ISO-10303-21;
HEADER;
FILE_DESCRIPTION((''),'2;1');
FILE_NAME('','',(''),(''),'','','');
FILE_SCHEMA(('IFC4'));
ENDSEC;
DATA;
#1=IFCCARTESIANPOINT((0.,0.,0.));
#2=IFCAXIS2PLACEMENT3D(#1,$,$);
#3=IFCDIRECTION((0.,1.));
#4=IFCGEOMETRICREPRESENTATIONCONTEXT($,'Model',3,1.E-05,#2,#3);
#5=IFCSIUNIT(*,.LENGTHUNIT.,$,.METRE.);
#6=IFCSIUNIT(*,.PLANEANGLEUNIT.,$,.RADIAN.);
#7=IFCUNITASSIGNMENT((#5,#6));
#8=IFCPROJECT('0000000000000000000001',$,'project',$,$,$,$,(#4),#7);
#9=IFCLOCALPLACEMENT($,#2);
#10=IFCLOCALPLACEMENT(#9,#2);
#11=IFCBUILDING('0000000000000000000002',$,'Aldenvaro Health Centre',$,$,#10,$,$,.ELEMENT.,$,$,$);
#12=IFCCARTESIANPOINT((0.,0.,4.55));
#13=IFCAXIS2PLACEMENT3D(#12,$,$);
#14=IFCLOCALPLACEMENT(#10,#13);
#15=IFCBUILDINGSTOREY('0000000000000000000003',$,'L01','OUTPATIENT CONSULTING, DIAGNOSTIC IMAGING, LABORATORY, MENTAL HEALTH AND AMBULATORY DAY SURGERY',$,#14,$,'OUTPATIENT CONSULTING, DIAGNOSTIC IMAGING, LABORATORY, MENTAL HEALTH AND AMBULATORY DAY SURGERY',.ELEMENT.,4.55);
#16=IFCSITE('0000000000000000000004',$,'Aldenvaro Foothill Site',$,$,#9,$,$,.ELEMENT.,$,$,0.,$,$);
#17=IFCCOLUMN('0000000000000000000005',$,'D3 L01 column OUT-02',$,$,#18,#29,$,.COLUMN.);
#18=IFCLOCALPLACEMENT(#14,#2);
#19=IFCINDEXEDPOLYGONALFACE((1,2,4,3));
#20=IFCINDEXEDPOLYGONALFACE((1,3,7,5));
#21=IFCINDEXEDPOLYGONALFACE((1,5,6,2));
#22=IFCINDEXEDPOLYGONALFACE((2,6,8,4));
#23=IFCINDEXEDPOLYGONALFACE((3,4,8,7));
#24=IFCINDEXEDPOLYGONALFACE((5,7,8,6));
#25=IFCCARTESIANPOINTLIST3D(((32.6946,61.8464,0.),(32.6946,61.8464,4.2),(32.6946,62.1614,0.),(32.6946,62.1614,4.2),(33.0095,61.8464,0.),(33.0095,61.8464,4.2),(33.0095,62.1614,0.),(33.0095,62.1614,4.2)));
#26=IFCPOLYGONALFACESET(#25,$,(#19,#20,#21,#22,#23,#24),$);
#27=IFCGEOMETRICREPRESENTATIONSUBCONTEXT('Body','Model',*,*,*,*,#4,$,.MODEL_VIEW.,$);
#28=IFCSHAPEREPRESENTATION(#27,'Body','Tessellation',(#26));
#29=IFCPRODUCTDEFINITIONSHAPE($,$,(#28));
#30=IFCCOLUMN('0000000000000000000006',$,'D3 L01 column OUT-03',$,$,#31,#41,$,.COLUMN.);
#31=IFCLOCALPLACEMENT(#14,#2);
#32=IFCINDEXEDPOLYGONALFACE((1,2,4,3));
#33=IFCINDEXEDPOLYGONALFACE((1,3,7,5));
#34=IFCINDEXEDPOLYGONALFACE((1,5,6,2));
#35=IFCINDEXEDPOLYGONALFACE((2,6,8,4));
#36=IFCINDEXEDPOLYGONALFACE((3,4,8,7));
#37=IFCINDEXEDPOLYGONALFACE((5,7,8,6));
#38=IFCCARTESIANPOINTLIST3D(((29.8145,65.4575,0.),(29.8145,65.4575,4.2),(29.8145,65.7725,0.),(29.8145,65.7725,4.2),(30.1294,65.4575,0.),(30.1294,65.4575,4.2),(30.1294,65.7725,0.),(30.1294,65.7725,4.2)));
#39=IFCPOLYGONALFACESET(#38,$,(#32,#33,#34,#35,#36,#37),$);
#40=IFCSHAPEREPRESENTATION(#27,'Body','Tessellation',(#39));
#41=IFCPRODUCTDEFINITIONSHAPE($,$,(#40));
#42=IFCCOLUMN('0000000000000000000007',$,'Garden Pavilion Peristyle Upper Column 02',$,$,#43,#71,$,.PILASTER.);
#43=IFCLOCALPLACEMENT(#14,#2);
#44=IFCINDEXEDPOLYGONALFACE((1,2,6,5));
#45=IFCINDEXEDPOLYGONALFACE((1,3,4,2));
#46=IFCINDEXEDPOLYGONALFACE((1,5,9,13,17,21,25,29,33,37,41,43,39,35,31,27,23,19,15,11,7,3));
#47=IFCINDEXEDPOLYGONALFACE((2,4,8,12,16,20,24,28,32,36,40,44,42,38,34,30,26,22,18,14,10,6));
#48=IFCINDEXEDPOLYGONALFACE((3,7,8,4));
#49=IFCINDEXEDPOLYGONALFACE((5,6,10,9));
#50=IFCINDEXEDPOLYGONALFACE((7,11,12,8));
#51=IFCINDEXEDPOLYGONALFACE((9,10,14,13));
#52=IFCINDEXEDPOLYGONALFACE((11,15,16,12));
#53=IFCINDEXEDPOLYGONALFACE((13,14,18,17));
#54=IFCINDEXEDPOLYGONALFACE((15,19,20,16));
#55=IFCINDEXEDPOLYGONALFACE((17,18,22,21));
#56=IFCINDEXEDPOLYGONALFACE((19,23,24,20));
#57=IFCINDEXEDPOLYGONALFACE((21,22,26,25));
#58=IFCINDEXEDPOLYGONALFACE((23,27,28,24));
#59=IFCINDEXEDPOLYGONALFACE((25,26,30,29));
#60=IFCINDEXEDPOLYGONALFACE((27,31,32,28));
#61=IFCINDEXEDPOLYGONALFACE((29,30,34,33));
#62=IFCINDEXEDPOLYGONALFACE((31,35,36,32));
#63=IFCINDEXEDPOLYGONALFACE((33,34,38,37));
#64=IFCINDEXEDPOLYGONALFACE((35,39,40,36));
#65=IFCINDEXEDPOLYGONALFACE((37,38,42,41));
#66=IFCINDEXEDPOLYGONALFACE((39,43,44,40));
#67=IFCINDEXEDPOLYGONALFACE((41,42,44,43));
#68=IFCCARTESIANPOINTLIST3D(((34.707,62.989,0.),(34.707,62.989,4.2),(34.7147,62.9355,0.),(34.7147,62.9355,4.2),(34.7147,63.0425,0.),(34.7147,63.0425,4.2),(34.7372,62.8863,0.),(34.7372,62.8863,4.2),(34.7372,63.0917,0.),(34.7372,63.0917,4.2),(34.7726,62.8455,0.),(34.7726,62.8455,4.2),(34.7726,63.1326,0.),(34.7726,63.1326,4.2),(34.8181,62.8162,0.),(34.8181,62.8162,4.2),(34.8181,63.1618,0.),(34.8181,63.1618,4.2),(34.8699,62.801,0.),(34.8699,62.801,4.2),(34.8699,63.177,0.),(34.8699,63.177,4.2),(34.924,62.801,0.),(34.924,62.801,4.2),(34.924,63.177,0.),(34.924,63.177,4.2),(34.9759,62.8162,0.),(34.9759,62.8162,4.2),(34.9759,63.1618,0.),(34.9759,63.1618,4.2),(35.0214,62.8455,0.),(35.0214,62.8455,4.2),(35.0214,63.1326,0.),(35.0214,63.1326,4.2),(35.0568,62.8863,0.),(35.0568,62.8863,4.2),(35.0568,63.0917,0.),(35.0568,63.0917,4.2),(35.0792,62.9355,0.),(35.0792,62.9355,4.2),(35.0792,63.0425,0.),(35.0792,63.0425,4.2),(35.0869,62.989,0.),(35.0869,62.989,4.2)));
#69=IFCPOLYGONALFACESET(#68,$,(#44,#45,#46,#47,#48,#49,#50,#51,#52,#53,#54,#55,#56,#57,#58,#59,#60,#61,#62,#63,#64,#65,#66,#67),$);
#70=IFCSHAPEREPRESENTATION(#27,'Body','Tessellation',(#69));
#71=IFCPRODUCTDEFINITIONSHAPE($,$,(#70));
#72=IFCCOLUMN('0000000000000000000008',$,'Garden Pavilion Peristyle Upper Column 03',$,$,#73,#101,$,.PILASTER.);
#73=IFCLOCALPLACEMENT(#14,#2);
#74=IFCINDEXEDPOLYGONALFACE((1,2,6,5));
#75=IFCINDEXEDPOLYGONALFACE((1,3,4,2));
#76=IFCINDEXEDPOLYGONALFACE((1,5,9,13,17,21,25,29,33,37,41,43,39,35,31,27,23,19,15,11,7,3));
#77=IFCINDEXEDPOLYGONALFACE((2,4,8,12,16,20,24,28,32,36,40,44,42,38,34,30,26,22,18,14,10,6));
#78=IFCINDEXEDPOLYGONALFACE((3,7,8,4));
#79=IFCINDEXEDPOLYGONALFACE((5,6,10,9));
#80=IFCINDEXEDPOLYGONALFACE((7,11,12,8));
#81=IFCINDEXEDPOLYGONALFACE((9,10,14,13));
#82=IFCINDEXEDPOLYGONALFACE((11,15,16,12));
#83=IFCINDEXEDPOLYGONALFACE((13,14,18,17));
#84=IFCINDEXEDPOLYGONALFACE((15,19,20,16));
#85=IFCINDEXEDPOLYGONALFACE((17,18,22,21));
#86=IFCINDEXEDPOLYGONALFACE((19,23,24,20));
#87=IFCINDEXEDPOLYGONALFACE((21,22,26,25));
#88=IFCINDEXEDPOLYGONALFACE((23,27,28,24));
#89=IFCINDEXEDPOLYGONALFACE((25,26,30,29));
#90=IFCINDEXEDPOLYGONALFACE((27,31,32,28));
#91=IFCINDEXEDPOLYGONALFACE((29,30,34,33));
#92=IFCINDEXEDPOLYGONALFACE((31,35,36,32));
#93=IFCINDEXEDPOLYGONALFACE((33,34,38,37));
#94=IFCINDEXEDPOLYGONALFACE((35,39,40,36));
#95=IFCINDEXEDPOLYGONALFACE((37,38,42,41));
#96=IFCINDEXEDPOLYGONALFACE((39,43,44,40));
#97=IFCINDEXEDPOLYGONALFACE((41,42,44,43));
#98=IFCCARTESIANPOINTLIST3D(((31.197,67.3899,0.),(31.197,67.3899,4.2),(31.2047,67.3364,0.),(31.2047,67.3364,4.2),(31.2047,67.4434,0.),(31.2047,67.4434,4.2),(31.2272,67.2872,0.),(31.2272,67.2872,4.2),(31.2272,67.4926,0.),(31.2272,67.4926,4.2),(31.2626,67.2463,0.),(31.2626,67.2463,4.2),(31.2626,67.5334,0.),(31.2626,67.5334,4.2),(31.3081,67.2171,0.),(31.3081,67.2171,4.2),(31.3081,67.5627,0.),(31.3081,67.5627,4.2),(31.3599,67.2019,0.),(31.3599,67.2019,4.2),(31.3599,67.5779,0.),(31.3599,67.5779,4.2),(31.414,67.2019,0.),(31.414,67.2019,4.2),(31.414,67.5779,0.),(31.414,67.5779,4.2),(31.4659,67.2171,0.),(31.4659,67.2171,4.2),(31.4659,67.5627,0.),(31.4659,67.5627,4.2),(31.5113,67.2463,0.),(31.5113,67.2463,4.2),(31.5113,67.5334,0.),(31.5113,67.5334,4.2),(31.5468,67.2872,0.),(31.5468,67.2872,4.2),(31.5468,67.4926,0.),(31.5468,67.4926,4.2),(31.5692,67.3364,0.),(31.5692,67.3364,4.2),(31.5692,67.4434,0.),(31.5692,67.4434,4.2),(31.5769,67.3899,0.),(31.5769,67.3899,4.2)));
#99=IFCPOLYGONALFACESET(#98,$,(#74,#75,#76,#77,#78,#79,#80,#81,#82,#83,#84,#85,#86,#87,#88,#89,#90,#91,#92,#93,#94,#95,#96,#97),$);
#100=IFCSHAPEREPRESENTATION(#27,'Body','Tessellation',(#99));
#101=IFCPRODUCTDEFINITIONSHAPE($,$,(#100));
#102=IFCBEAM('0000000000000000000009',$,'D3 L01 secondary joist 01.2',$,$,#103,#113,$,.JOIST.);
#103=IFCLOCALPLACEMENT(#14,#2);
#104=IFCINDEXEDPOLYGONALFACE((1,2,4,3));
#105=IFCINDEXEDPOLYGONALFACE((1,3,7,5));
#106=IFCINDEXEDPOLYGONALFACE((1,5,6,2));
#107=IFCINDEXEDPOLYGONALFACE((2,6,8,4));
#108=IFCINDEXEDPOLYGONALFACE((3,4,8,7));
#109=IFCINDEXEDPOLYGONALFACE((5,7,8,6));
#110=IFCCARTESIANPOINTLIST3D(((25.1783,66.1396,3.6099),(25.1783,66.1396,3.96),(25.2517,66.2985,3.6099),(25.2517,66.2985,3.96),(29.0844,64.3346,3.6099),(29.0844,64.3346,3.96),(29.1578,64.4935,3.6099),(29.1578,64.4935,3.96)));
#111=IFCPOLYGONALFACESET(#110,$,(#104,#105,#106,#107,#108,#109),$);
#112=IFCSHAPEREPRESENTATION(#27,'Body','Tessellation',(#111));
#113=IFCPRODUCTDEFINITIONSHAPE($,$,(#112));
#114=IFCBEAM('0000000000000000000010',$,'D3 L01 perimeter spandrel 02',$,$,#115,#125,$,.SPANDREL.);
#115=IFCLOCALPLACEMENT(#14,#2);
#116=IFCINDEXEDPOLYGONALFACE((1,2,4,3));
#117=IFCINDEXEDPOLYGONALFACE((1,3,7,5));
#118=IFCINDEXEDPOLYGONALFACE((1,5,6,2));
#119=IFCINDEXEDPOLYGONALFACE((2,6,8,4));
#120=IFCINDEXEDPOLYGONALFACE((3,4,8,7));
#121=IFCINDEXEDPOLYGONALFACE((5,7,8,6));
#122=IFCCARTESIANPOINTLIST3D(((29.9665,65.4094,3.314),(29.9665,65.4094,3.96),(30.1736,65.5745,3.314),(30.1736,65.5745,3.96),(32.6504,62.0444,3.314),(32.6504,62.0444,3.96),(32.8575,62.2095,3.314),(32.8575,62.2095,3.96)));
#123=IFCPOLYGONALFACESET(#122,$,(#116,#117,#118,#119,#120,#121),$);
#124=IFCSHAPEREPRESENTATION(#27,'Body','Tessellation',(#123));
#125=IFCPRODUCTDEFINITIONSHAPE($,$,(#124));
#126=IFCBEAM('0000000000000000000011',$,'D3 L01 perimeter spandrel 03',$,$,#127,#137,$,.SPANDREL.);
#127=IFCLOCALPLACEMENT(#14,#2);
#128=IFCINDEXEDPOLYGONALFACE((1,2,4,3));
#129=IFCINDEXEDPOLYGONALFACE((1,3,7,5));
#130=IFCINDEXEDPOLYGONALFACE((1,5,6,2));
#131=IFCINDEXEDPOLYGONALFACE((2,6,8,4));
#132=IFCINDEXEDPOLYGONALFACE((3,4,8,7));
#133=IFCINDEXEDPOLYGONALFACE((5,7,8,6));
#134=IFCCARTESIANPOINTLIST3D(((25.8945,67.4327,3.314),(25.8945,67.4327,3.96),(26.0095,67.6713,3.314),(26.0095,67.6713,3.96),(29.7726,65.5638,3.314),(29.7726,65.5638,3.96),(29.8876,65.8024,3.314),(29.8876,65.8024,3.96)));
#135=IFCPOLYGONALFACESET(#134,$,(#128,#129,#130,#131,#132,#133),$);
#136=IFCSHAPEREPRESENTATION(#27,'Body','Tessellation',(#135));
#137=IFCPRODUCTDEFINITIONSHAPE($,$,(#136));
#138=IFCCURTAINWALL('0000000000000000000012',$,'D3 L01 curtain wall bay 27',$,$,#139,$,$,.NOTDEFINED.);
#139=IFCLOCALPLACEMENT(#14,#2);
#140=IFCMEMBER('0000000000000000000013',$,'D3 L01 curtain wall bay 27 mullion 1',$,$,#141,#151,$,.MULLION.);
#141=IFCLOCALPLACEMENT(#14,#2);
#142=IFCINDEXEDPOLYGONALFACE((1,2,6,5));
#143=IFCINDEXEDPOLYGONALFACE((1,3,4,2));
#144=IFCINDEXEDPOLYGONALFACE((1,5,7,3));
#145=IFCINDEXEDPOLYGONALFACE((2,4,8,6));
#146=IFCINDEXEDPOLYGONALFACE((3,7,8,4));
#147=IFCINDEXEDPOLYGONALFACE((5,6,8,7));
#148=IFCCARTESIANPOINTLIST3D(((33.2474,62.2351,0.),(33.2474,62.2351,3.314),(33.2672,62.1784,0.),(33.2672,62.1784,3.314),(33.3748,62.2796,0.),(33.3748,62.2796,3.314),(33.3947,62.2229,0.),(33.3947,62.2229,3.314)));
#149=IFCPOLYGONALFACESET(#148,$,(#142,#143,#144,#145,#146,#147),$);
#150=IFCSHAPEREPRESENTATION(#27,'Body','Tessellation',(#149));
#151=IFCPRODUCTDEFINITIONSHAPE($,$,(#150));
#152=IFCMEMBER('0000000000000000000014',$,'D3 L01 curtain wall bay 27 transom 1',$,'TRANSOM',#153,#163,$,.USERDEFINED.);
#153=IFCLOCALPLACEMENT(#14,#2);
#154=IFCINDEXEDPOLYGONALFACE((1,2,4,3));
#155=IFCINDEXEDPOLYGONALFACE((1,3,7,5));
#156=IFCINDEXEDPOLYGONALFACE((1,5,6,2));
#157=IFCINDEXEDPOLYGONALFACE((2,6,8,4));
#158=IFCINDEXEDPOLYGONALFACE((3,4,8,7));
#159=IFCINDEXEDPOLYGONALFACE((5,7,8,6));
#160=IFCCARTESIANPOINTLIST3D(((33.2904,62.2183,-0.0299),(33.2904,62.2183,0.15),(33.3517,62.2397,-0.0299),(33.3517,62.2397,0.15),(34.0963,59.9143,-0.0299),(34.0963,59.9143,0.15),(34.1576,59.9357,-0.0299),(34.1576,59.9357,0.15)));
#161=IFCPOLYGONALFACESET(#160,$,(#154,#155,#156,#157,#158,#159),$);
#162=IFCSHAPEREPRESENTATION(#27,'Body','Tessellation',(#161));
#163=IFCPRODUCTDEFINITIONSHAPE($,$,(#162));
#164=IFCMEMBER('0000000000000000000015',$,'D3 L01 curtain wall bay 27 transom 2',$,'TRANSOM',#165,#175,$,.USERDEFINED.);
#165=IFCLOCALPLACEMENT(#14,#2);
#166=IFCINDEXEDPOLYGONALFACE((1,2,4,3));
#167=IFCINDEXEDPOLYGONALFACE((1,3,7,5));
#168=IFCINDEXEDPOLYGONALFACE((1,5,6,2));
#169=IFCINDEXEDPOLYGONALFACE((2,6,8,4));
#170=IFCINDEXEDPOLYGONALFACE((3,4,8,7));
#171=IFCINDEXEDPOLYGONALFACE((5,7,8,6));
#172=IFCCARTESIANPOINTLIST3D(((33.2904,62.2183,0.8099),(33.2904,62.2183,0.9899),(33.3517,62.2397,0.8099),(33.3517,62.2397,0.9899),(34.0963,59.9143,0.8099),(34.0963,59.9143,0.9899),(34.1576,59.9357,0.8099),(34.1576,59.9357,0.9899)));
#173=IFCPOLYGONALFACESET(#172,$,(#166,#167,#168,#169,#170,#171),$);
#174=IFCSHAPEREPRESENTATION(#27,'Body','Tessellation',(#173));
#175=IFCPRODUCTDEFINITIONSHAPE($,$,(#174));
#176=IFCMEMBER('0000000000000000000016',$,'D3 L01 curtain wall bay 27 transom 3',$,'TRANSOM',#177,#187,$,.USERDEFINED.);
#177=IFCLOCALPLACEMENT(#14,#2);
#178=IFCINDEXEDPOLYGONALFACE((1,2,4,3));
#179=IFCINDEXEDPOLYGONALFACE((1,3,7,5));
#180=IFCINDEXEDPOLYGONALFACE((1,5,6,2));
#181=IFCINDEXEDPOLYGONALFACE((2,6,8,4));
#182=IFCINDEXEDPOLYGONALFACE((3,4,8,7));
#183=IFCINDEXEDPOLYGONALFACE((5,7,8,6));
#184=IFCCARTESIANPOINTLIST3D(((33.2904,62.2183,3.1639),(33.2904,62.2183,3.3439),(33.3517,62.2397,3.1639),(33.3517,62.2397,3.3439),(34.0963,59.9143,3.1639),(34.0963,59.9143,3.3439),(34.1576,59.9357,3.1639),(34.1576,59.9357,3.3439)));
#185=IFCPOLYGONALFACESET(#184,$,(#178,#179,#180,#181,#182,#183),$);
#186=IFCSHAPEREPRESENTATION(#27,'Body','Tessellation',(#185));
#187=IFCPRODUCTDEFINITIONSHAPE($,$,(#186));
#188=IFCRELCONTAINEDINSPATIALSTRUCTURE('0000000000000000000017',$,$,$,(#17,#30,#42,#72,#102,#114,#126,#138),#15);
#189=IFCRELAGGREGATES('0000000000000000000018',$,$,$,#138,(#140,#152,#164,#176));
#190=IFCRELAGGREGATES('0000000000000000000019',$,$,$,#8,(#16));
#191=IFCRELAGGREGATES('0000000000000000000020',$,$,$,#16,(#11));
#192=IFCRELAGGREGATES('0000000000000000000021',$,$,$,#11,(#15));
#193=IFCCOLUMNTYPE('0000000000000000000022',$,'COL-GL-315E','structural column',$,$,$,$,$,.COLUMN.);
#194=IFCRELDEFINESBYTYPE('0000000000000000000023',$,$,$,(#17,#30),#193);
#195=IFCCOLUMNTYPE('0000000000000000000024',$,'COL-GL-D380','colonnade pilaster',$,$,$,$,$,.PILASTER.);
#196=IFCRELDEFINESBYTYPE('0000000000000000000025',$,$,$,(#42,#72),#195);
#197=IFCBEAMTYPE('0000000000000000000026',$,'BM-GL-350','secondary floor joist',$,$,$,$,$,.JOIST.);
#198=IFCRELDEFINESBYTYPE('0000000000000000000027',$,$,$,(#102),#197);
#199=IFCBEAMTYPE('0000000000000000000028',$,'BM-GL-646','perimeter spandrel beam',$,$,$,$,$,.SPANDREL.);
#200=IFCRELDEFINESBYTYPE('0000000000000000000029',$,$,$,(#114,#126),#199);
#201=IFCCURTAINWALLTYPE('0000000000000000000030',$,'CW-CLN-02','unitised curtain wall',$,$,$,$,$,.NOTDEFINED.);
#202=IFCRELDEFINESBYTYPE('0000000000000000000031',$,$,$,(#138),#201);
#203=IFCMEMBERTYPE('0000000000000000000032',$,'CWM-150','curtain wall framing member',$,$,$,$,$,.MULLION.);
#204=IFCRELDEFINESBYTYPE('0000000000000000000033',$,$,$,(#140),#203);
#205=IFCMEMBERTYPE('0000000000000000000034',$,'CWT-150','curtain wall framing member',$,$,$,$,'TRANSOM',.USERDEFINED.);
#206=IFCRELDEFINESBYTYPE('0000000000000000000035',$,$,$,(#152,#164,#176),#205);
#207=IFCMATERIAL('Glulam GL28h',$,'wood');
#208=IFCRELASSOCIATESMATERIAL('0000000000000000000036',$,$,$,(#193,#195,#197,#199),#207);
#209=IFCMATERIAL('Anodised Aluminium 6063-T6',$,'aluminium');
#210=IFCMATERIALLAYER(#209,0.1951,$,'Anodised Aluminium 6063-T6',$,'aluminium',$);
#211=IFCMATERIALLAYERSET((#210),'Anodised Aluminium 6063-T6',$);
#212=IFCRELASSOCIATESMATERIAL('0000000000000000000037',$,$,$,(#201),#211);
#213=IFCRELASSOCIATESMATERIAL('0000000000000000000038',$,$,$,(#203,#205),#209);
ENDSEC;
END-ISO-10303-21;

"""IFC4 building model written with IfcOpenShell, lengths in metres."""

from ifc_helpers import new_model, si_unit, direction, frame, origin, origin_2d, place, context, subcontext, project, spatial, rectangle, circle, extrude, material, layer, layer_set, material_profile, profile_set, type_object, element, aggregate, save


model = new_model("IFC4")

# Units and contexts
model_context = context("Model", 3, precision=1e-05, world=origin(), true_north=direction((0.0, 1.0)))
body_context = subcontext(model_context, "Body", "Model", "MODEL_VIEW")
ifc_project = project(units=[si_unit("LENGTHUNIT", "METRE"), si_unit("PLANEANGLEUNIT", "RADIAN")], contexts=[model_context])

# Site, building, storey
site_placement = place(None, origin())
site = spatial("IfcSite", under=ifc_project, at=site_placement, Name="Aldenvaro Foothill Site", CompositionType="ELEMENT", RefElevation=0.0)
building_placement = place(site_placement, origin())
building = spatial("IfcBuilding", under=site, at=building_placement, Name="Aldenvaro Health Centre", CompositionType="ELEMENT")
storey_placement = place(building_placement, frame((0.0, 0.0, 4.55)))
storey = spatial("IfcBuildingStorey", under=building, at=storey_placement, Name="L01", Description="OUTPATIENT CONSULTING, DIAGNOSTIC IMAGING, LABORATORY, MENTAL HEALTH AND AMBULATORY DAY SURGERY", LongName="OUTPATIENT CONSULTING, DIAGNOSTIC IMAGING, LABORATORY, MENTAL HEALTH AND AMBULATORY DAY SURGERY", CompositionType="ELEMENT", Elevation=4.55)

# Columns
ifc_material_1 = material(Name="Glulam GL28h", Category="wood")
ifc_material_profile_1 = material_profile(ifc_material_1, rectangle(XDim=0.3149, YDim=0.3149, at=origin_2d()), Name="GL 315x315", Category="wood")
ifc_profile_set_1 = profile_set([ifc_material_profile_1], Name="Glulam GL28h")
column_type_1 = type_object("IfcColumnType", Name="COL-GL-315E", Description="structural column", PredefinedType="COLUMN", material=ifc_profile_set_1)
for number, where, z_axis, x_axis, name in (
    (1, (32.8521, 62.0039, 0.0), (0.0, 0.0, 1.0), (1.0, 0.0, 0.0), "D3 L01 column OUT-02"),
    (2, (29.9719, 65.615, 0.0), (0.0, 0.0, 1.0), (1.0, 0.0, 0.0), "D3 L01 column OUT-03"),
):
    element("IfcColumn", number, at=place(storey_placement, frame(where, z_axis=z_axis, x_axis=x_axis)), inside=storey, type_object=column_type_1, Name=name, PredefinedType="COLUMN", context=body_context, shape_type="SweptSolid", body=[
        extrude(rectangle(XDim=0.3149, YDim=0.3149, at=origin_2d()), origin(), (0.0, 0.0, 1.0), 4.2),
    ])
ifc_material_profile_2 = material_profile(ifc_material_1, circle(Radius=0.1899, at=origin_2d()), Name="GL D380", Category="wood")
ifc_profile_set_2 = profile_set([ifc_material_profile_2], Name="Glulam GL28h")
column_type_2 = type_object("IfcColumnType", Name="COL-GL-D380", Description="colonnade pilaster", PredefinedType="PILASTER", material=ifc_profile_set_2)
for number, where, z_axis, x_axis, name in (
    (3, (34.897, 62.989, 0.0), (0.0, 0.0, 1.0), (1.0, 0.0, 0.0), "Garden Pavilion Peristyle Upper Column 02"),
    (4, (31.387, 67.3899, 0.0), (0.0, 0.0, 1.0), (1.0, 0.0, 0.0), "Garden Pavilion Peristyle Upper Column 03"),
):
    element("IfcColumn", number, at=place(storey_placement, frame(where, z_axis=z_axis, x_axis=x_axis)), inside=storey, type_object=column_type_2, Name=name, PredefinedType="PILASTER", context=body_context, shape_type="SweptSolid", body=[
        extrude(circle(Radius=0.1899, at=origin_2d()), origin(), (0.0, 0.0, 1.0), 4.2),
    ])

# Beams
ifc_material_profile_3 = material_profile(ifc_material_1, rectangle(XDim=0.175, YDim=0.3501, at=origin_2d()), Name="GL 175x350", Category="wood")
ifc_profile_set_3 = profile_set([ifc_material_profile_3], Name="Glulam GL28h")
beam_type_1 = type_object("IfcBeamType", Name="BM-GL-350", Description="secondary floor joist", PredefinedType="JOIST", material=ifc_profile_set_3)
beam_1_placement = place(storey_placement, frame((29.1211, 64.4141, 3.7849), z_axis=(-0.907768, 0.419472, 0.0), x_axis=(-0.419472, -0.907768, 0.0)))
element("IfcBeam", 5, at=beam_1_placement, inside=storey, type_object=beam_type_1, Name="D3 L01 secondary joist 01.2", PredefinedType="JOIST", context=body_context, shape_type="SweptSolid", body=[
    extrude(rectangle(XDim=0.175, YDim=0.3501, at=origin_2d()), origin(), (0.0, 0.0, 1.0), 4.303),
])
ifc_material_profile_4 = material_profile(ifc_material_1, rectangle(XDim=0.2649, YDim=0.646, at=origin_2d()), Name="GL 265x646", Category="wood")
ifc_profile_set_4 = profile_set([ifc_material_profile_4], Name="Glulam GL28h")
beam_type_2 = type_object("IfcBeamType", Name="BM-GL-646", Description="perimeter spandrel beam", PredefinedType="SPANDREL", material=ifc_profile_set_4)
beam_2_placement = place(storey_placement, frame((32.7539, 62.127, 3.637), z_axis=(-0.623539, 0.781792, 0.0), x_axis=(-0.781792, -0.623539, 0.0)))
element("IfcBeam", 6, at=beam_2_placement, inside=storey, type_object=beam_type_2, Name="D3 L01 perimeter spandrel 02", PredefinedType="SPANDREL", context=body_context, shape_type="SweptSolid", body=[
    extrude(rectangle(XDim=0.2649, YDim=0.646, at=origin_2d()), origin(), (0.0, 0.0, 1.0), 4.3042),
])
beam_3_placement = place(storey_placement, frame((29.8301, 65.6831, 3.637), z_axis=(-0.900854, 0.434123, 0.0), x_axis=(-0.434123, -0.900854, 0.0)))
element("IfcBeam", 7, at=beam_3_placement, inside=storey, type_object=beam_type_2, Name="D3 L01 perimeter spandrel 03", PredefinedType="SPANDREL", context=body_context, shape_type="SweptSolid", body=[
    extrude(rectangle(XDim=0.2649, YDim=0.646, at=origin_2d()), origin(), (0.0, 0.0, 1.0), 4.3049),
])

# Curtain wall, members
ifc_material_2 = material(Name="Anodised Aluminium 6063-T6", Category="aluminium")
ifc_layer_1 = layer(ifc_material_2, 0.1951, Name="Anodised Aluminium 6063-T6", Category="aluminium")
ifc_layer_set_1 = layer_set([ifc_layer_1], Name="Anodised Aluminium 6063-T6")
curtain_wall_type = type_object("IfcCurtainWallType", Name="CW-CLN-02", Description="unitised curtain wall", PredefinedType="NOTDEFINED", material=ifc_layer_set_1)
curtain_wall_placement = place(storey_placement, origin())
curtain_wall = element("IfcCurtainWall", 8, at=curtain_wall_placement, inside=storey, type_object=curtain_wall_type, Name="D3 L01 curtain wall bay 27", PredefinedType="NOTDEFINED")
ifc_material_profile_5 = material_profile(ifc_material_2, rectangle(XDim=0.0601, YDim=0.135, at=origin_2d()), Name="ALU 60x135", Category="aluminium")
ifc_profile_set_5 = profile_set([ifc_material_profile_5], Name="Anodised Aluminium 6063-T6")
member_type_1 = type_object("IfcMemberType", Name="CWM-150", Description="curtain wall framing member", PredefinedType="MULLION", material=ifc_profile_set_5)
member_1_placement = place(storey_placement, frame((33.321, 62.229, 0.0), z_axis=(0.0, 0.0, 1.0), x_axis=(0.330204, -0.943909, 0.0)))
member_1 = element("IfcMember", 9, at=member_1_placement, type_object=member_type_1, Name="D3 L01 curtain wall bay 27 mullion 1", PredefinedType="MULLION", context=body_context, shape_type="SweptSolid", body=[
    extrude(rectangle(XDim=0.0601, YDim=0.135, at=origin_2d()), origin(), (0.0, 0.0, 1.0), 3.314),
])
ifc_material_profile_6 = material_profile(ifc_material_2, rectangle(XDim=0.0649, YDim=0.1799, at=origin_2d()), Name="ALU 65x180", Category="aluminium")
ifc_profile_set_6 = profile_set([ifc_material_profile_6], Name="Anodised Aluminium 6063-T6")
member_type_2 = type_object("IfcMemberType", Name="CWT-150", Description="curtain wall framing member", ElementType="TRANSOM", PredefinedType="USERDEFINED", material=ifc_profile_set_6)
member_2_placement = place(storey_placement, frame((33.321, 62.229, 0.0601), z_axis=(0.330177, -0.943919, 0.0), x_axis=(0.943919, 0.330177, 0.0)))
member_2 = element("IfcMember", 10, at=member_2_placement, type_object=member_type_2, Name="D3 L01 curtain wall bay 27 transom 1", ObjectType="TRANSOM", PredefinedType="USERDEFINED", context=body_context, shape_type="SweptSolid", body=[
    extrude(rectangle(XDim=0.0649, YDim=0.1799, at=origin_2d()), origin(), (0.0, 0.0, 1.0), 2.4409),
])
member_3_placement = place(storey_placement, frame((33.321, 62.229, 0.8999), z_axis=(0.330177, -0.943919, 0.0), x_axis=(0.943919, 0.330177, 0.0)))
member_3 = element("IfcMember", 11, at=member_3_placement, type_object=member_type_2, Name="D3 L01 curtain wall bay 27 transom 2", ObjectType="TRANSOM", PredefinedType="USERDEFINED", context=body_context, shape_type="SweptSolid", body=[
    extrude(rectangle(XDim=0.0649, YDim=0.1799, at=origin_2d()), origin(), (0.0, 0.0, 1.0), 2.4409),
])
member_4_placement = place(storey_placement, frame((33.321, 62.229, 3.2539), z_axis=(0.330177, -0.943919, 0.0), x_axis=(0.943919, 0.330177, 0.0)))
member_4 = element("IfcMember", 12, at=member_4_placement, type_object=member_type_2, Name="D3 L01 curtain wall bay 27 transom 3", ObjectType="TRANSOM", PredefinedType="USERDEFINED", context=body_context, shape_type="SweptSolid", body=[
    extrude(rectangle(XDim=0.0649, YDim=0.1799, at=origin_2d()), origin(), (0.0, 0.0, 1.0), 2.4409),
])
aggregate(curtain_wall, [member_1, member_2, member_3, member_4])

save(model, "model.ifc")
